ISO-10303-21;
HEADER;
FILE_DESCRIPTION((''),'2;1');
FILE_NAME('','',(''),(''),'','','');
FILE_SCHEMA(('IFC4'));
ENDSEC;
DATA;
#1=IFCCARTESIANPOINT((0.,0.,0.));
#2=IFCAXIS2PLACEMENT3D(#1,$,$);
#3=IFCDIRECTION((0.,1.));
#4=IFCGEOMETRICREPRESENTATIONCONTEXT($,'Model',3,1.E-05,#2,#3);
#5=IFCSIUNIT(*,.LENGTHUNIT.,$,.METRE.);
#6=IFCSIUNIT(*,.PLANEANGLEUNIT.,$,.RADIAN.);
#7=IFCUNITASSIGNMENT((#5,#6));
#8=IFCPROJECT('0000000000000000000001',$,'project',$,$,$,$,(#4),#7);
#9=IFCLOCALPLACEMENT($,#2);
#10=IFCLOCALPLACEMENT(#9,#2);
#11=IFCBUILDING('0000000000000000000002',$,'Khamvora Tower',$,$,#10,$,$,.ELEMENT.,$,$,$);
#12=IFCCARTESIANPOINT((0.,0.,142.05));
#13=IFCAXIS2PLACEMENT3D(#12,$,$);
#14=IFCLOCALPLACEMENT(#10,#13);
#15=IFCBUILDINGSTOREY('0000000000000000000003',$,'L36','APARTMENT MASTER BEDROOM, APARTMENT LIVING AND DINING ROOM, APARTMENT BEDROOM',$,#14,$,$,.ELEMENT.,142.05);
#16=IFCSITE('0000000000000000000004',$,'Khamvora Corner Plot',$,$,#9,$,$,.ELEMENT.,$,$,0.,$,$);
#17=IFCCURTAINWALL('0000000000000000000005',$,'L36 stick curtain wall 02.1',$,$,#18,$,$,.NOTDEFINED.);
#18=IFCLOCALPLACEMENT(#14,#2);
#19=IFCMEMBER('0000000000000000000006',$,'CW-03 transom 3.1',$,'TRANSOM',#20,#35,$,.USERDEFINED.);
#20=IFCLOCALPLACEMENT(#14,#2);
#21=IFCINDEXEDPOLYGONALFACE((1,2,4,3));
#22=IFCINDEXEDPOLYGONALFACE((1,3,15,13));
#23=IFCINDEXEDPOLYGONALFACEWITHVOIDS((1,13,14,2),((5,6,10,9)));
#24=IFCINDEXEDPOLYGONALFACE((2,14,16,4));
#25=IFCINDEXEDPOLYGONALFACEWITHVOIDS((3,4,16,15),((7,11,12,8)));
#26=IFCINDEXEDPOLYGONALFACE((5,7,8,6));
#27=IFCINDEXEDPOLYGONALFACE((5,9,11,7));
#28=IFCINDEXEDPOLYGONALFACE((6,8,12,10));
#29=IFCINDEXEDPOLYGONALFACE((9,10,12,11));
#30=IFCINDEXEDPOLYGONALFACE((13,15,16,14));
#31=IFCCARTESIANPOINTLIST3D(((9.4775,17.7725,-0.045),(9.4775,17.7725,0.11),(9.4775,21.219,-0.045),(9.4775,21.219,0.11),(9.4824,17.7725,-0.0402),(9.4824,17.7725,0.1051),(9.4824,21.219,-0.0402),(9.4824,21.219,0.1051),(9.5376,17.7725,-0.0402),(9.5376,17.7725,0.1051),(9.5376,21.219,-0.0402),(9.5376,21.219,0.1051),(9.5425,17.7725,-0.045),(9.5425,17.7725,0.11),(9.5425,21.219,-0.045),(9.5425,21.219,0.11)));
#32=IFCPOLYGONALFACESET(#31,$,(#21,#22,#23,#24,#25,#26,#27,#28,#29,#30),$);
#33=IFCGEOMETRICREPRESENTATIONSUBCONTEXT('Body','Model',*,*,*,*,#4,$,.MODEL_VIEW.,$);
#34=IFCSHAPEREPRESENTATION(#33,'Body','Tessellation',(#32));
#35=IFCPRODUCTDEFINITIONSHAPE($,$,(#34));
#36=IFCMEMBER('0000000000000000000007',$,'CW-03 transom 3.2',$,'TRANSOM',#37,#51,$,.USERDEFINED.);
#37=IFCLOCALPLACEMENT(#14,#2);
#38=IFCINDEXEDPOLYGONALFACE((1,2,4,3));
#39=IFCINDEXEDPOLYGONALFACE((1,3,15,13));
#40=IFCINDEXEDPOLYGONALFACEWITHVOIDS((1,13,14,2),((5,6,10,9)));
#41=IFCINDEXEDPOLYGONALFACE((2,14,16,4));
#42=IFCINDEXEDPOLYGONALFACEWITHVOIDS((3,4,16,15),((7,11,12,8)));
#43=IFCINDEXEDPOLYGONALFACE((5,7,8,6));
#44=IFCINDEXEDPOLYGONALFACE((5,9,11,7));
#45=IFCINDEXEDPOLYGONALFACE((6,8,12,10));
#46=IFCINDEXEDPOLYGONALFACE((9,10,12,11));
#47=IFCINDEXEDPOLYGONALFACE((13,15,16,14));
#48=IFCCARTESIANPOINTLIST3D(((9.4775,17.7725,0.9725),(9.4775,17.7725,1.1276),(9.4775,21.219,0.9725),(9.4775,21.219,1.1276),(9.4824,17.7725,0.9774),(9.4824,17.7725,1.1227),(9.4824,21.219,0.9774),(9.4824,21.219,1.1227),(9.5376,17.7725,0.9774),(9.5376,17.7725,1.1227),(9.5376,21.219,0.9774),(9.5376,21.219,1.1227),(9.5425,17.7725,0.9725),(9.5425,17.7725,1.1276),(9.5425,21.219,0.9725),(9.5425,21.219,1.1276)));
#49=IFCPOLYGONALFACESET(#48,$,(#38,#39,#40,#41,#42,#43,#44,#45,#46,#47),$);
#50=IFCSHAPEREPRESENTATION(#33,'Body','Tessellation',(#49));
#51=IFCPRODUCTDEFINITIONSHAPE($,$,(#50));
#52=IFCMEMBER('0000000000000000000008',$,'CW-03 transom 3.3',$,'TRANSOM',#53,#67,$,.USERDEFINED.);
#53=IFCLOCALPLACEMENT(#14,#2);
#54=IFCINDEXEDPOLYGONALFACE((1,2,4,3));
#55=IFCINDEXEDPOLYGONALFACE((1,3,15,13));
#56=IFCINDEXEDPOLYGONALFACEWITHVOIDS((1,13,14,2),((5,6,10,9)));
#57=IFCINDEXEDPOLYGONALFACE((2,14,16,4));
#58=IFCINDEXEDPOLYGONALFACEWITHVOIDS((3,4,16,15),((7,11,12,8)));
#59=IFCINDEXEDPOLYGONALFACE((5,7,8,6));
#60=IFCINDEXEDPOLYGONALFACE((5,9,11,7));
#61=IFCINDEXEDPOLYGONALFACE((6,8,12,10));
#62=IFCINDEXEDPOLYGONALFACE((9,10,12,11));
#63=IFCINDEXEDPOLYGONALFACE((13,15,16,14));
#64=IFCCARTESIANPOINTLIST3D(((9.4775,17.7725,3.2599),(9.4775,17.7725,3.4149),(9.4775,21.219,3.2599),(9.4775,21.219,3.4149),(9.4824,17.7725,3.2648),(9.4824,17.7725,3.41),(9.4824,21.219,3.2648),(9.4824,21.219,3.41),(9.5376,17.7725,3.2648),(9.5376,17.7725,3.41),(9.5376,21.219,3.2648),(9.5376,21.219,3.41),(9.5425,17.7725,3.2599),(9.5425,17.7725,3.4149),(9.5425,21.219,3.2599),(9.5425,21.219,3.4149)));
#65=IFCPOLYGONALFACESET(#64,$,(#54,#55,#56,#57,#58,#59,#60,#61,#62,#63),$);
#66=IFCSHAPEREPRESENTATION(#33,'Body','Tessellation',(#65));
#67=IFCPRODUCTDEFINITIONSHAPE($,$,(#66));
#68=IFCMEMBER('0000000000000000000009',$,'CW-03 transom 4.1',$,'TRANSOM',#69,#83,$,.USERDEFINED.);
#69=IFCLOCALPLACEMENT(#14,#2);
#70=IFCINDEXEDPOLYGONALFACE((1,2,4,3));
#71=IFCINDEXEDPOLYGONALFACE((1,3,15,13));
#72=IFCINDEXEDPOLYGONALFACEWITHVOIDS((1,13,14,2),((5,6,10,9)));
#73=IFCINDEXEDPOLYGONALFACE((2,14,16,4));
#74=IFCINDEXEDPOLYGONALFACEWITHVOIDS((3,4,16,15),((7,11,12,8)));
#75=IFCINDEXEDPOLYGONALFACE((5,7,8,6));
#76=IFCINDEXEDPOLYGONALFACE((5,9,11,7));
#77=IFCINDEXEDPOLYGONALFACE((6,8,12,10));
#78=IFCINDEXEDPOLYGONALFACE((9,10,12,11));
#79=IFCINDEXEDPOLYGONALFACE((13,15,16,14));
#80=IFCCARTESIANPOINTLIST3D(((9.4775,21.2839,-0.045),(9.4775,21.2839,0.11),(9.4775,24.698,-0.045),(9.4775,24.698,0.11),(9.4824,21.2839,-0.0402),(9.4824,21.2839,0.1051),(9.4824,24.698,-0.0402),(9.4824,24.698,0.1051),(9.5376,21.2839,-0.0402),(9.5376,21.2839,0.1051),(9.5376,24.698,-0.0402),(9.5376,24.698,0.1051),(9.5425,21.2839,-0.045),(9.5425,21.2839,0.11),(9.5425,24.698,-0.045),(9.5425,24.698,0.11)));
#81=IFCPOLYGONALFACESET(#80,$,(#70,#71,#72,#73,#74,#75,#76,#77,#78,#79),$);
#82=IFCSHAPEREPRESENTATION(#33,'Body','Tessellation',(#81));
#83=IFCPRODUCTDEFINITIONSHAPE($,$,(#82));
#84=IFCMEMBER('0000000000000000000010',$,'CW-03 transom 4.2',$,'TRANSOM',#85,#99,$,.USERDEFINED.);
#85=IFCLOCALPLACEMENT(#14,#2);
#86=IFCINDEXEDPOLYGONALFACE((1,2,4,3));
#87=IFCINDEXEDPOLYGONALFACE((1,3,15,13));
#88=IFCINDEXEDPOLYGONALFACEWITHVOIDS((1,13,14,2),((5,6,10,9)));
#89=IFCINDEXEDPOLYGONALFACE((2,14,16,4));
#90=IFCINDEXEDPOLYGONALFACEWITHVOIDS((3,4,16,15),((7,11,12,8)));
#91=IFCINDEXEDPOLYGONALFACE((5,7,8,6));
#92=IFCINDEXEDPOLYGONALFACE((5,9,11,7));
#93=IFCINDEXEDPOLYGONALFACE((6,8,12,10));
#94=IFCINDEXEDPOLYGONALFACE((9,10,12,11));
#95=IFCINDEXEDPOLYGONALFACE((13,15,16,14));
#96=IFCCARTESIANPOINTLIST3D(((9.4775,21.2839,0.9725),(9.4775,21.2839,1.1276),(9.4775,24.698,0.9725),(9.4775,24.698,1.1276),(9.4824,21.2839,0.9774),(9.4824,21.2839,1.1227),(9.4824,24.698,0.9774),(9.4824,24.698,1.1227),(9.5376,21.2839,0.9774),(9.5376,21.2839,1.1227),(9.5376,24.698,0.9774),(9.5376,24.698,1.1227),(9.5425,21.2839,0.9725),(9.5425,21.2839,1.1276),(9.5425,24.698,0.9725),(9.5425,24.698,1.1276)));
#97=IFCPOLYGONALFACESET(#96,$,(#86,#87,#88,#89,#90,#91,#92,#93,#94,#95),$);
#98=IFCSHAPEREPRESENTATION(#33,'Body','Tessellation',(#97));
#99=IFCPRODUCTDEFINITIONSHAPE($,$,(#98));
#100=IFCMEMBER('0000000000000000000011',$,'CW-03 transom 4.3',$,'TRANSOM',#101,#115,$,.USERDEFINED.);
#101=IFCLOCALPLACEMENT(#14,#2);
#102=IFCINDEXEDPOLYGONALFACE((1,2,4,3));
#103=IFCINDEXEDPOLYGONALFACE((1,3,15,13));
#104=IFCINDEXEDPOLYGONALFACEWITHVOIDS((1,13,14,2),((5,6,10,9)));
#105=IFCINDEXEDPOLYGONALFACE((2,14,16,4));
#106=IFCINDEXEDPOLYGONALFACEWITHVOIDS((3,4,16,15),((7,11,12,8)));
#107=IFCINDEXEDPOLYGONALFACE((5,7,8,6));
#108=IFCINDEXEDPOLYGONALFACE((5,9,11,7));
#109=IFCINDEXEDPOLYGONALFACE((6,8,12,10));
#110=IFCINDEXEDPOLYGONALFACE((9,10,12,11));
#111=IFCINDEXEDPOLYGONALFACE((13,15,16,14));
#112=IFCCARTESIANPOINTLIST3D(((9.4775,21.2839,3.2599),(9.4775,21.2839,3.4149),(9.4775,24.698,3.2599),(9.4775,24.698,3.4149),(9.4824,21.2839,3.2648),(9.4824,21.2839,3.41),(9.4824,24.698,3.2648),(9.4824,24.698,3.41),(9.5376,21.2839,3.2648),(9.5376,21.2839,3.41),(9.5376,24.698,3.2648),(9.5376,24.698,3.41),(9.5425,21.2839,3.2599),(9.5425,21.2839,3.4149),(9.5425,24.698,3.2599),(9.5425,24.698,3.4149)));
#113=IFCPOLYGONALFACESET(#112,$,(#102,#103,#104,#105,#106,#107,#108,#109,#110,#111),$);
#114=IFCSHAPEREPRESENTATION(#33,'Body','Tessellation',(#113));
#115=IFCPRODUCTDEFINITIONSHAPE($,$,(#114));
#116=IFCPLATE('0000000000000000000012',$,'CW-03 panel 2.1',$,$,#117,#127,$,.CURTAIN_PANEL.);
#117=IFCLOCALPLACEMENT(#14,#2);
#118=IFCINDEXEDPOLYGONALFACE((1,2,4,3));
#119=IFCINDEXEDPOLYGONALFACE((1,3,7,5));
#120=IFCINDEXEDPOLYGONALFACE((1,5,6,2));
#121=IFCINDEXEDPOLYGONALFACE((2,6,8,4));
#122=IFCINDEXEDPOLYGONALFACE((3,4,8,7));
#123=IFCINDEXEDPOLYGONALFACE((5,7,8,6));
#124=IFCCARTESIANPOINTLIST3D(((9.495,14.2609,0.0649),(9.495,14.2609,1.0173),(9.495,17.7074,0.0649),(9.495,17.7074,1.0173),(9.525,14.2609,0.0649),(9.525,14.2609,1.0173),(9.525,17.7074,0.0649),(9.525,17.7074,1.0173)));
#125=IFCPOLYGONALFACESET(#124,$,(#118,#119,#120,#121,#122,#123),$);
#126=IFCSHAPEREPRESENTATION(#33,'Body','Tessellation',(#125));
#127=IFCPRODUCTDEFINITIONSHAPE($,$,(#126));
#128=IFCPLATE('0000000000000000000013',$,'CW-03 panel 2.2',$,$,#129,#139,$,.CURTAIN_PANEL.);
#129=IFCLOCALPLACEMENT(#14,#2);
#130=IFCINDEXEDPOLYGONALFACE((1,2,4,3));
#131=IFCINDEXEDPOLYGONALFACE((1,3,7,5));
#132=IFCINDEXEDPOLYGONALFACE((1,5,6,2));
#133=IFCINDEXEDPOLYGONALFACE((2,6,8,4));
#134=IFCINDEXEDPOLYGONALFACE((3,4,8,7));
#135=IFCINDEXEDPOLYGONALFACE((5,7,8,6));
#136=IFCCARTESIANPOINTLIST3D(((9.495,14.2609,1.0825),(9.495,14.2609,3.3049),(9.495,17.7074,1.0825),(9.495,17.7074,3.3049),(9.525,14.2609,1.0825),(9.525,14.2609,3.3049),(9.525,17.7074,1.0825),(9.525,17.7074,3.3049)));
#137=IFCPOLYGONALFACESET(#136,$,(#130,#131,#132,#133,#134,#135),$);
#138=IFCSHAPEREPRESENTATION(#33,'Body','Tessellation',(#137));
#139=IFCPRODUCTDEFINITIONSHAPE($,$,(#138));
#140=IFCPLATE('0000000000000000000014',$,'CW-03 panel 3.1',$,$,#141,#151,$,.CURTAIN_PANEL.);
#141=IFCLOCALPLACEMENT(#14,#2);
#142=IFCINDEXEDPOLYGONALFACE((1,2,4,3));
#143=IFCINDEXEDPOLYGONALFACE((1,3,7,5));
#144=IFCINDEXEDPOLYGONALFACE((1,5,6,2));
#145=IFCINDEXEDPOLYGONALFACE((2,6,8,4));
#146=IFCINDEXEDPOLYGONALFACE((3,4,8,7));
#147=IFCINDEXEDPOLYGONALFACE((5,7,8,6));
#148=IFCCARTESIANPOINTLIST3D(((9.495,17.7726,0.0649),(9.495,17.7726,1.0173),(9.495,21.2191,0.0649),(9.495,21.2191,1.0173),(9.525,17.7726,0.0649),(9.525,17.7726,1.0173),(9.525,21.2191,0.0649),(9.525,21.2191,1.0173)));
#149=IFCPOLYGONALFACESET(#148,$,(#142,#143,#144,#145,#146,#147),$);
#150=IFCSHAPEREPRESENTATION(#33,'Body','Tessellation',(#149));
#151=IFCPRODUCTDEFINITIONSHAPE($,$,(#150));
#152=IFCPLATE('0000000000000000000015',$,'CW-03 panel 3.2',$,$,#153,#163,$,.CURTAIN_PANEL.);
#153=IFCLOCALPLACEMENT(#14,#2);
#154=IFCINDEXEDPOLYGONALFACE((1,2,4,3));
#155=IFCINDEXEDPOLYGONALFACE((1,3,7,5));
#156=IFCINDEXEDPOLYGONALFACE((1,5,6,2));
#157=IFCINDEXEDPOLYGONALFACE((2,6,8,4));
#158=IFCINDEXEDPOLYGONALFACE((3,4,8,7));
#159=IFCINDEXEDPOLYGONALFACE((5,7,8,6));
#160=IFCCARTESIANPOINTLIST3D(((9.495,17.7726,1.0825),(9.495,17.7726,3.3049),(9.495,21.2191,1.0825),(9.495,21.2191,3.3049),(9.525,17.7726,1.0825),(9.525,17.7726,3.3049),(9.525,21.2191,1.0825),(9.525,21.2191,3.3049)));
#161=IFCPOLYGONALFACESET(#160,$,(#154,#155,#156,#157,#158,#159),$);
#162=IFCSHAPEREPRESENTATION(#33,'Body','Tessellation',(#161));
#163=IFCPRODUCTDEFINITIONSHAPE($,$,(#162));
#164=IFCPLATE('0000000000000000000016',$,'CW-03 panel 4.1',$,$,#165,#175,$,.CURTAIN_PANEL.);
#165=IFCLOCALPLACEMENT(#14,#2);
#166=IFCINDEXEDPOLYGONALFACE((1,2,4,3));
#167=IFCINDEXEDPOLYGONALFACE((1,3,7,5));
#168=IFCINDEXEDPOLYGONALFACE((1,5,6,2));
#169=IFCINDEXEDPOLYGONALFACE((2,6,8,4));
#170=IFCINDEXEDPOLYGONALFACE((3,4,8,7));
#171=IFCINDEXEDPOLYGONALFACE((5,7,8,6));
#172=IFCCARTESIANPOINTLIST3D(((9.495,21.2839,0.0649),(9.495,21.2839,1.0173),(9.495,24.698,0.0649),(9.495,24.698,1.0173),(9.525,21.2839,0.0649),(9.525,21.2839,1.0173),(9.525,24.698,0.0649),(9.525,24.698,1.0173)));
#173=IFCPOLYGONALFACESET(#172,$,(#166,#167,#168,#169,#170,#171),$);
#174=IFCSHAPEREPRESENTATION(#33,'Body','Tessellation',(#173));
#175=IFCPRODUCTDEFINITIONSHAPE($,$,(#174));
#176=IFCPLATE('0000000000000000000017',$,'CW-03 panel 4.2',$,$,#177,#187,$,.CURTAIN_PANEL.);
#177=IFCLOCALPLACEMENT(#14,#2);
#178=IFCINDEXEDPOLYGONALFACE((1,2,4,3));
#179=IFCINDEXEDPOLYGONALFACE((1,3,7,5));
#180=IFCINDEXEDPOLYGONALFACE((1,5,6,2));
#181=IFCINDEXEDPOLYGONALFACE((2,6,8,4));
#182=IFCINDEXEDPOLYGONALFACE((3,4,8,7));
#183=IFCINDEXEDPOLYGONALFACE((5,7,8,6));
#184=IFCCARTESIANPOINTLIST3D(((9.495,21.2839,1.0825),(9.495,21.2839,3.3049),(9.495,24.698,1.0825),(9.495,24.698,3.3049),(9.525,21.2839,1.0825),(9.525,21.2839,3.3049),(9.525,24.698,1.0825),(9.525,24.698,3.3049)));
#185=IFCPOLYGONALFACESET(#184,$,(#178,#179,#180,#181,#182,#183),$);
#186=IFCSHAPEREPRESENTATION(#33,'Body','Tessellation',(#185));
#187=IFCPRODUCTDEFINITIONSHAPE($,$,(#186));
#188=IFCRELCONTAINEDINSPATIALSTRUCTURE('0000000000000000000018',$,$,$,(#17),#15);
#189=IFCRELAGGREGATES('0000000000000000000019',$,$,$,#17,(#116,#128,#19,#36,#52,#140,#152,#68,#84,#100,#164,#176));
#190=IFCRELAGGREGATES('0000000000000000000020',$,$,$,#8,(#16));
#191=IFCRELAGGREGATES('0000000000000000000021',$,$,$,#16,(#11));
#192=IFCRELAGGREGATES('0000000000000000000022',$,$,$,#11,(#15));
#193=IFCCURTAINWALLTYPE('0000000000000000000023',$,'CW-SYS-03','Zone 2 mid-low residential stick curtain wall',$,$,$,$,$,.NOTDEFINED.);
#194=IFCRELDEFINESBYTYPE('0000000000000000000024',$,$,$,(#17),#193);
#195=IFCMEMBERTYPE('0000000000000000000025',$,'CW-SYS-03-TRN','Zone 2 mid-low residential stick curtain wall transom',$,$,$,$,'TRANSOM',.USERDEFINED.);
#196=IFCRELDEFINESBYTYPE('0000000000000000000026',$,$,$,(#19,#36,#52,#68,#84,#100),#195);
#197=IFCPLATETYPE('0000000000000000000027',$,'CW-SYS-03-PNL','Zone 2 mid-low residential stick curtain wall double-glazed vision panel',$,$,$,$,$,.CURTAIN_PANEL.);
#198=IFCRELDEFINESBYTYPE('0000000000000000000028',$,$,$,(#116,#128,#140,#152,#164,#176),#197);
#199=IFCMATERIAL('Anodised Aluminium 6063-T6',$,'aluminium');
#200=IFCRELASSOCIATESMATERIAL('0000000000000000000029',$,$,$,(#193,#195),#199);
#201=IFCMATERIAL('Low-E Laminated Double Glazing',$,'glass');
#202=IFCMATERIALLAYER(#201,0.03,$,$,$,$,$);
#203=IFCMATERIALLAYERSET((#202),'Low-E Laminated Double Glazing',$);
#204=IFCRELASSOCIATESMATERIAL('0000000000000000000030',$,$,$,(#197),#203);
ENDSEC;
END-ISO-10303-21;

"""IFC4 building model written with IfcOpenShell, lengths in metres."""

from ifc_helpers import new_model, si_unit, direction, frame, origin, origin_2d, place, context, subcontext, project, spatial, rectangle, hollow_rectangle, extrude, material, layer, layer_set, material_profile, profile_set, type_object, element, aggregate, save


model = new_model("IFC4")

# Units and contexts
model_context = context("Model", 3, precision=1e-05, world=origin(), true_north=direction((0.0, 1.0)))
body_context = subcontext(model_context, "Body", "Model", "MODEL_VIEW")
ifc_project = project(units=[si_unit("LENGTHUNIT", "METRE"), si_unit("PLANEANGLEUNIT", "RADIAN")], contexts=[model_context])

# Site, building, storey
site_placement = place(None, origin())
site = spatial("IfcSite", under=ifc_project, at=site_placement, Name="Khamvora Corner Plot", CompositionType="ELEMENT", RefElevation=0.0)
building_placement = place(site_placement, origin())
building = spatial("IfcBuilding", under=site, at=building_placement, Name="Khamvora Tower", CompositionType="ELEMENT")
storey_placement = place(building_placement, frame((0.0, 0.0, 142.05)))
storey = spatial("IfcBuildingStorey", under=building, at=storey_placement, Name="L36", Description="APARTMENT MASTER BEDROOM, APARTMENT LIVING AND DINING ROOM, APARTMENT BEDROOM", CompositionType="ELEMENT", Elevation=142.05)

# Curtain wall, members, plates
ifc_material_1 = material(Name="Anodised Aluminium 6063-T6", Category="aluminium")
curtain_wall_type = type_object("IfcCurtainWallType", Name="CW-SYS-03", Description="Zone 2 mid-low residential stick curtain wall", PredefinedType="NOTDEFINED", material=ifc_material_1)
curtain_wall_placement = place(storey_placement, origin())
curtain_wall = element("IfcCurtainWall", 1, at=curtain_wall_placement, inside=storey, type_object=curtain_wall_type, Name="L36 stick curtain wall 02.1", PredefinedType="NOTDEFINED")
ifc_material_profile_1 = material_profile(ifc_material_1, hollow_rectangle(XDim=0.0649, YDim=0.155, WallThickness=0.0049, at=origin_2d()), Name="TRN65x155x5")
ifc_profile_set_1 = profile_set([ifc_material_profile_1], Name="Anodised Aluminium 6063-T6")
member_type_1 = type_object("IfcMemberType", Name="CW-SYS-03-TRN", Description="Zone 2 mid-low residential stick curtain wall transom", ElementType="TRANSOM", PredefinedType="USERDEFINED", material=ifc_profile_set_1)
member_1_placement = place(storey_placement, frame((9.51, 17.7725, 0.0325), z_axis=(0.0, 1.0, 0.0), x_axis=(-1.0, 0.0, 0.0)))
member_1 = element("IfcMember", 2, at=member_1_placement, type_object=member_type_1, Name="CW-03 transom 3.1", ObjectType="TRANSOM", PredefinedType="USERDEFINED", context=body_context, shape_type="SweptSolid", body=[
    extrude(hollow_rectangle(XDim=0.0649, YDim=0.155, WallThickness=0.0049, at=origin_2d()), origin(), (0.0, 0.0, 1.0), 3.4465),
])
member_2_placement = place(storey_placement, frame((9.51, 17.7725, 1.05), z_axis=(0.0, 1.0, 0.0), x_axis=(-1.0, 0.0, 0.0)))
member_2 = element("IfcMember", 3, at=member_2_placement, type_object=member_type_1, Name="CW-03 transom 3.2", ObjectType="TRANSOM", PredefinedType="USERDEFINED", context=body_context, shape_type="SweptSolid", body=[
    extrude(hollow_rectangle(XDim=0.0649, YDim=0.155, WallThickness=0.0049, at=origin_2d()), origin(), (0.0, 0.0, 1.0), 3.4465),
])
member_3_placement = place(storey_placement, frame((9.51, 17.7725, 3.3374), z_axis=(0.0, 1.0, 0.0), x_axis=(-1.0, 0.0, 0.0)))
member_3 = element("IfcMember", 4, at=member_3_placement, type_object=member_type_1, Name="CW-03 transom 3.3", ObjectType="TRANSOM", PredefinedType="USERDEFINED", context=body_context, shape_type="SweptSolid", body=[
    extrude(hollow_rectangle(XDim=0.0649, YDim=0.155, WallThickness=0.0049, at=origin_2d()), origin(), (0.0, 0.0, 1.0), 3.4465),
])
member_4_placement = place(storey_placement, frame((9.51, 21.2839, 0.0325), z_axis=(0.0, 1.0, 0.0), x_axis=(-1.0, 0.0, 0.0)))
member_4 = element("IfcMember", 5, at=member_4_placement, type_object=member_type_1, Name="CW-03 transom 4.1", ObjectType="TRANSOM", PredefinedType="USERDEFINED", context=body_context, shape_type="SweptSolid", body=[
    extrude(hollow_rectangle(XDim=0.0649, YDim=0.155, WallThickness=0.0049, at=origin_2d()), origin(), (0.0, 0.0, 1.0), 3.4141),
])
member_5_placement = place(storey_placement, frame((9.51, 21.2839, 1.05), z_axis=(0.0, 1.0, 0.0), x_axis=(-1.0, 0.0, 0.0)))
member_5 = element("IfcMember", 6, at=member_5_placement, type_object=member_type_1, Name="CW-03 transom 4.2", ObjectType="TRANSOM", PredefinedType="USERDEFINED", context=body_context, shape_type="SweptSolid", body=[
    extrude(hollow_rectangle(XDim=0.0649, YDim=0.155, WallThickness=0.0049, at=origin_2d()), origin(), (0.0, 0.0, 1.0), 3.4141),
])
member_6_placement = place(storey_placement, frame((9.51, 21.2839, 3.3374), z_axis=(0.0, 1.0, 0.0), x_axis=(-1.0, 0.0, 0.0)))
member_6 = element("IfcMember", 7, at=member_6_placement, type_object=member_type_1, Name="CW-03 transom 4.3", ObjectType="TRANSOM", PredefinedType="USERDEFINED", context=body_context, shape_type="SweptSolid", body=[
    extrude(hollow_rectangle(XDim=0.0649, YDim=0.155, WallThickness=0.0049, at=origin_2d()), origin(), (0.0, 0.0, 1.0), 3.4141),
])
ifc_material_2 = material(Name="Low-E Laminated Double Glazing", Category="glass")
ifc_layer_1 = layer(ifc_material_2, 0.03)
ifc_layer_set_1 = layer_set([ifc_layer_1], Name="Low-E Laminated Double Glazing")
plate_type = type_object("IfcPlateType", Name="CW-SYS-03-PNL", Description="Zone 2 mid-low residential stick curtain wall double-glazed vision panel", PredefinedType="CURTAIN_PANEL", material=ifc_layer_set_1)
plate_1_placement = place(storey_placement, frame((9.51, 15.9841, 0.0649), z_axis=(0.0, 0.0, 1.0), x_axis=(0.0, 1.0, 0.0)))
plate_1 = element("IfcPlate", 8, at=plate_1_placement, type_object=plate_type, Name="CW-03 panel 2.1", PredefinedType="CURTAIN_PANEL", context=body_context, shape_type="SweptSolid", body=[
    extrude(rectangle(XDim=3.4465, YDim=0.03, at=origin_2d()), origin(), (0.0, 0.0, 1.0), 0.9524),
])
plate_2_placement = place(storey_placement, frame((9.51, 15.9841, 1.0825), z_axis=(0.0, 0.0, 1.0), x_axis=(0.0, 1.0, 0.0)))
plate_2 = element("IfcPlate", 9, at=plate_2_placement, type_object=plate_type, Name="CW-03 panel 2.2", PredefinedType="CURTAIN_PANEL", context=body_context, shape_type="SweptSolid", body=[
    extrude(rectangle(XDim=3.4465, YDim=0.03, at=origin_2d()), origin(), (0.0, 0.0, 1.0), 2.2224),
])
plate_3_placement = place(storey_placement, frame((9.51, 19.4958, 0.0649), z_axis=(0.0, 0.0, 1.0), x_axis=(0.0, 1.0, 0.0)))
plate_3 = element("IfcPlate", 10, at=plate_3_placement, type_object=plate_type, Name="CW-03 panel 3.1", PredefinedType="CURTAIN_PANEL", context=body_context, shape_type="SweptSolid", body=[
    extrude(rectangle(XDim=3.4465, YDim=0.03, at=origin_2d()), origin(), (0.0, 0.0, 1.0), 0.9524),
])
plate_4_placement = place(storey_placement, frame((9.51, 19.4958, 1.0825), z_axis=(0.0, 0.0, 1.0), x_axis=(0.0, 1.0, 0.0)))
plate_4 = element("IfcPlate", 11, at=plate_4_placement, type_object=plate_type, Name="CW-03 panel 3.2", PredefinedType="CURTAIN_PANEL", context=body_context, shape_type="SweptSolid", body=[
    extrude(rectangle(XDim=3.4465, YDim=0.03, at=origin_2d()), origin(), (0.0, 0.0, 1.0), 2.2224),
])
plate_5_placement = place(storey_placement, frame((9.51, 22.991, 0.0649), z_axis=(0.0, 0.0, 1.0), x_axis=(0.0, 1.0, 0.0)))
plate_5 = element("IfcPlate", 12, at=plate_5_placement, type_object=plate_type, Name="CW-03 panel 4.1", PredefinedType="CURTAIN_PANEL", context=body_context, shape_type="SweptSolid", body=[
    extrude(rectangle(XDim=3.4141, YDim=0.03, at=origin_2d()), origin(), (0.0, 0.0, 1.0), 0.9524),
])
plate_6_placement = place(storey_placement, frame((9.51, 22.991, 1.0825), z_axis=(0.0, 0.0, 1.0), x_axis=(0.0, 1.0, 0.0)))
plate_6 = element("IfcPlate", 13, at=plate_6_placement, type_object=plate_type, Name="CW-03 panel 4.2", PredefinedType="CURTAIN_PANEL", context=body_context, shape_type="SweptSolid", body=[
    extrude(rectangle(XDim=3.4141, YDim=0.03, at=origin_2d()), origin(), (0.0, 0.0, 1.0), 2.2224),
])
aggregate(curtain_wall, [plate_1, plate_2, member_1, member_2, member_3, plate_3, plate_4, member_4, member_5, member_6, plate_5, plate_6])

save(model, "model.ifc")
